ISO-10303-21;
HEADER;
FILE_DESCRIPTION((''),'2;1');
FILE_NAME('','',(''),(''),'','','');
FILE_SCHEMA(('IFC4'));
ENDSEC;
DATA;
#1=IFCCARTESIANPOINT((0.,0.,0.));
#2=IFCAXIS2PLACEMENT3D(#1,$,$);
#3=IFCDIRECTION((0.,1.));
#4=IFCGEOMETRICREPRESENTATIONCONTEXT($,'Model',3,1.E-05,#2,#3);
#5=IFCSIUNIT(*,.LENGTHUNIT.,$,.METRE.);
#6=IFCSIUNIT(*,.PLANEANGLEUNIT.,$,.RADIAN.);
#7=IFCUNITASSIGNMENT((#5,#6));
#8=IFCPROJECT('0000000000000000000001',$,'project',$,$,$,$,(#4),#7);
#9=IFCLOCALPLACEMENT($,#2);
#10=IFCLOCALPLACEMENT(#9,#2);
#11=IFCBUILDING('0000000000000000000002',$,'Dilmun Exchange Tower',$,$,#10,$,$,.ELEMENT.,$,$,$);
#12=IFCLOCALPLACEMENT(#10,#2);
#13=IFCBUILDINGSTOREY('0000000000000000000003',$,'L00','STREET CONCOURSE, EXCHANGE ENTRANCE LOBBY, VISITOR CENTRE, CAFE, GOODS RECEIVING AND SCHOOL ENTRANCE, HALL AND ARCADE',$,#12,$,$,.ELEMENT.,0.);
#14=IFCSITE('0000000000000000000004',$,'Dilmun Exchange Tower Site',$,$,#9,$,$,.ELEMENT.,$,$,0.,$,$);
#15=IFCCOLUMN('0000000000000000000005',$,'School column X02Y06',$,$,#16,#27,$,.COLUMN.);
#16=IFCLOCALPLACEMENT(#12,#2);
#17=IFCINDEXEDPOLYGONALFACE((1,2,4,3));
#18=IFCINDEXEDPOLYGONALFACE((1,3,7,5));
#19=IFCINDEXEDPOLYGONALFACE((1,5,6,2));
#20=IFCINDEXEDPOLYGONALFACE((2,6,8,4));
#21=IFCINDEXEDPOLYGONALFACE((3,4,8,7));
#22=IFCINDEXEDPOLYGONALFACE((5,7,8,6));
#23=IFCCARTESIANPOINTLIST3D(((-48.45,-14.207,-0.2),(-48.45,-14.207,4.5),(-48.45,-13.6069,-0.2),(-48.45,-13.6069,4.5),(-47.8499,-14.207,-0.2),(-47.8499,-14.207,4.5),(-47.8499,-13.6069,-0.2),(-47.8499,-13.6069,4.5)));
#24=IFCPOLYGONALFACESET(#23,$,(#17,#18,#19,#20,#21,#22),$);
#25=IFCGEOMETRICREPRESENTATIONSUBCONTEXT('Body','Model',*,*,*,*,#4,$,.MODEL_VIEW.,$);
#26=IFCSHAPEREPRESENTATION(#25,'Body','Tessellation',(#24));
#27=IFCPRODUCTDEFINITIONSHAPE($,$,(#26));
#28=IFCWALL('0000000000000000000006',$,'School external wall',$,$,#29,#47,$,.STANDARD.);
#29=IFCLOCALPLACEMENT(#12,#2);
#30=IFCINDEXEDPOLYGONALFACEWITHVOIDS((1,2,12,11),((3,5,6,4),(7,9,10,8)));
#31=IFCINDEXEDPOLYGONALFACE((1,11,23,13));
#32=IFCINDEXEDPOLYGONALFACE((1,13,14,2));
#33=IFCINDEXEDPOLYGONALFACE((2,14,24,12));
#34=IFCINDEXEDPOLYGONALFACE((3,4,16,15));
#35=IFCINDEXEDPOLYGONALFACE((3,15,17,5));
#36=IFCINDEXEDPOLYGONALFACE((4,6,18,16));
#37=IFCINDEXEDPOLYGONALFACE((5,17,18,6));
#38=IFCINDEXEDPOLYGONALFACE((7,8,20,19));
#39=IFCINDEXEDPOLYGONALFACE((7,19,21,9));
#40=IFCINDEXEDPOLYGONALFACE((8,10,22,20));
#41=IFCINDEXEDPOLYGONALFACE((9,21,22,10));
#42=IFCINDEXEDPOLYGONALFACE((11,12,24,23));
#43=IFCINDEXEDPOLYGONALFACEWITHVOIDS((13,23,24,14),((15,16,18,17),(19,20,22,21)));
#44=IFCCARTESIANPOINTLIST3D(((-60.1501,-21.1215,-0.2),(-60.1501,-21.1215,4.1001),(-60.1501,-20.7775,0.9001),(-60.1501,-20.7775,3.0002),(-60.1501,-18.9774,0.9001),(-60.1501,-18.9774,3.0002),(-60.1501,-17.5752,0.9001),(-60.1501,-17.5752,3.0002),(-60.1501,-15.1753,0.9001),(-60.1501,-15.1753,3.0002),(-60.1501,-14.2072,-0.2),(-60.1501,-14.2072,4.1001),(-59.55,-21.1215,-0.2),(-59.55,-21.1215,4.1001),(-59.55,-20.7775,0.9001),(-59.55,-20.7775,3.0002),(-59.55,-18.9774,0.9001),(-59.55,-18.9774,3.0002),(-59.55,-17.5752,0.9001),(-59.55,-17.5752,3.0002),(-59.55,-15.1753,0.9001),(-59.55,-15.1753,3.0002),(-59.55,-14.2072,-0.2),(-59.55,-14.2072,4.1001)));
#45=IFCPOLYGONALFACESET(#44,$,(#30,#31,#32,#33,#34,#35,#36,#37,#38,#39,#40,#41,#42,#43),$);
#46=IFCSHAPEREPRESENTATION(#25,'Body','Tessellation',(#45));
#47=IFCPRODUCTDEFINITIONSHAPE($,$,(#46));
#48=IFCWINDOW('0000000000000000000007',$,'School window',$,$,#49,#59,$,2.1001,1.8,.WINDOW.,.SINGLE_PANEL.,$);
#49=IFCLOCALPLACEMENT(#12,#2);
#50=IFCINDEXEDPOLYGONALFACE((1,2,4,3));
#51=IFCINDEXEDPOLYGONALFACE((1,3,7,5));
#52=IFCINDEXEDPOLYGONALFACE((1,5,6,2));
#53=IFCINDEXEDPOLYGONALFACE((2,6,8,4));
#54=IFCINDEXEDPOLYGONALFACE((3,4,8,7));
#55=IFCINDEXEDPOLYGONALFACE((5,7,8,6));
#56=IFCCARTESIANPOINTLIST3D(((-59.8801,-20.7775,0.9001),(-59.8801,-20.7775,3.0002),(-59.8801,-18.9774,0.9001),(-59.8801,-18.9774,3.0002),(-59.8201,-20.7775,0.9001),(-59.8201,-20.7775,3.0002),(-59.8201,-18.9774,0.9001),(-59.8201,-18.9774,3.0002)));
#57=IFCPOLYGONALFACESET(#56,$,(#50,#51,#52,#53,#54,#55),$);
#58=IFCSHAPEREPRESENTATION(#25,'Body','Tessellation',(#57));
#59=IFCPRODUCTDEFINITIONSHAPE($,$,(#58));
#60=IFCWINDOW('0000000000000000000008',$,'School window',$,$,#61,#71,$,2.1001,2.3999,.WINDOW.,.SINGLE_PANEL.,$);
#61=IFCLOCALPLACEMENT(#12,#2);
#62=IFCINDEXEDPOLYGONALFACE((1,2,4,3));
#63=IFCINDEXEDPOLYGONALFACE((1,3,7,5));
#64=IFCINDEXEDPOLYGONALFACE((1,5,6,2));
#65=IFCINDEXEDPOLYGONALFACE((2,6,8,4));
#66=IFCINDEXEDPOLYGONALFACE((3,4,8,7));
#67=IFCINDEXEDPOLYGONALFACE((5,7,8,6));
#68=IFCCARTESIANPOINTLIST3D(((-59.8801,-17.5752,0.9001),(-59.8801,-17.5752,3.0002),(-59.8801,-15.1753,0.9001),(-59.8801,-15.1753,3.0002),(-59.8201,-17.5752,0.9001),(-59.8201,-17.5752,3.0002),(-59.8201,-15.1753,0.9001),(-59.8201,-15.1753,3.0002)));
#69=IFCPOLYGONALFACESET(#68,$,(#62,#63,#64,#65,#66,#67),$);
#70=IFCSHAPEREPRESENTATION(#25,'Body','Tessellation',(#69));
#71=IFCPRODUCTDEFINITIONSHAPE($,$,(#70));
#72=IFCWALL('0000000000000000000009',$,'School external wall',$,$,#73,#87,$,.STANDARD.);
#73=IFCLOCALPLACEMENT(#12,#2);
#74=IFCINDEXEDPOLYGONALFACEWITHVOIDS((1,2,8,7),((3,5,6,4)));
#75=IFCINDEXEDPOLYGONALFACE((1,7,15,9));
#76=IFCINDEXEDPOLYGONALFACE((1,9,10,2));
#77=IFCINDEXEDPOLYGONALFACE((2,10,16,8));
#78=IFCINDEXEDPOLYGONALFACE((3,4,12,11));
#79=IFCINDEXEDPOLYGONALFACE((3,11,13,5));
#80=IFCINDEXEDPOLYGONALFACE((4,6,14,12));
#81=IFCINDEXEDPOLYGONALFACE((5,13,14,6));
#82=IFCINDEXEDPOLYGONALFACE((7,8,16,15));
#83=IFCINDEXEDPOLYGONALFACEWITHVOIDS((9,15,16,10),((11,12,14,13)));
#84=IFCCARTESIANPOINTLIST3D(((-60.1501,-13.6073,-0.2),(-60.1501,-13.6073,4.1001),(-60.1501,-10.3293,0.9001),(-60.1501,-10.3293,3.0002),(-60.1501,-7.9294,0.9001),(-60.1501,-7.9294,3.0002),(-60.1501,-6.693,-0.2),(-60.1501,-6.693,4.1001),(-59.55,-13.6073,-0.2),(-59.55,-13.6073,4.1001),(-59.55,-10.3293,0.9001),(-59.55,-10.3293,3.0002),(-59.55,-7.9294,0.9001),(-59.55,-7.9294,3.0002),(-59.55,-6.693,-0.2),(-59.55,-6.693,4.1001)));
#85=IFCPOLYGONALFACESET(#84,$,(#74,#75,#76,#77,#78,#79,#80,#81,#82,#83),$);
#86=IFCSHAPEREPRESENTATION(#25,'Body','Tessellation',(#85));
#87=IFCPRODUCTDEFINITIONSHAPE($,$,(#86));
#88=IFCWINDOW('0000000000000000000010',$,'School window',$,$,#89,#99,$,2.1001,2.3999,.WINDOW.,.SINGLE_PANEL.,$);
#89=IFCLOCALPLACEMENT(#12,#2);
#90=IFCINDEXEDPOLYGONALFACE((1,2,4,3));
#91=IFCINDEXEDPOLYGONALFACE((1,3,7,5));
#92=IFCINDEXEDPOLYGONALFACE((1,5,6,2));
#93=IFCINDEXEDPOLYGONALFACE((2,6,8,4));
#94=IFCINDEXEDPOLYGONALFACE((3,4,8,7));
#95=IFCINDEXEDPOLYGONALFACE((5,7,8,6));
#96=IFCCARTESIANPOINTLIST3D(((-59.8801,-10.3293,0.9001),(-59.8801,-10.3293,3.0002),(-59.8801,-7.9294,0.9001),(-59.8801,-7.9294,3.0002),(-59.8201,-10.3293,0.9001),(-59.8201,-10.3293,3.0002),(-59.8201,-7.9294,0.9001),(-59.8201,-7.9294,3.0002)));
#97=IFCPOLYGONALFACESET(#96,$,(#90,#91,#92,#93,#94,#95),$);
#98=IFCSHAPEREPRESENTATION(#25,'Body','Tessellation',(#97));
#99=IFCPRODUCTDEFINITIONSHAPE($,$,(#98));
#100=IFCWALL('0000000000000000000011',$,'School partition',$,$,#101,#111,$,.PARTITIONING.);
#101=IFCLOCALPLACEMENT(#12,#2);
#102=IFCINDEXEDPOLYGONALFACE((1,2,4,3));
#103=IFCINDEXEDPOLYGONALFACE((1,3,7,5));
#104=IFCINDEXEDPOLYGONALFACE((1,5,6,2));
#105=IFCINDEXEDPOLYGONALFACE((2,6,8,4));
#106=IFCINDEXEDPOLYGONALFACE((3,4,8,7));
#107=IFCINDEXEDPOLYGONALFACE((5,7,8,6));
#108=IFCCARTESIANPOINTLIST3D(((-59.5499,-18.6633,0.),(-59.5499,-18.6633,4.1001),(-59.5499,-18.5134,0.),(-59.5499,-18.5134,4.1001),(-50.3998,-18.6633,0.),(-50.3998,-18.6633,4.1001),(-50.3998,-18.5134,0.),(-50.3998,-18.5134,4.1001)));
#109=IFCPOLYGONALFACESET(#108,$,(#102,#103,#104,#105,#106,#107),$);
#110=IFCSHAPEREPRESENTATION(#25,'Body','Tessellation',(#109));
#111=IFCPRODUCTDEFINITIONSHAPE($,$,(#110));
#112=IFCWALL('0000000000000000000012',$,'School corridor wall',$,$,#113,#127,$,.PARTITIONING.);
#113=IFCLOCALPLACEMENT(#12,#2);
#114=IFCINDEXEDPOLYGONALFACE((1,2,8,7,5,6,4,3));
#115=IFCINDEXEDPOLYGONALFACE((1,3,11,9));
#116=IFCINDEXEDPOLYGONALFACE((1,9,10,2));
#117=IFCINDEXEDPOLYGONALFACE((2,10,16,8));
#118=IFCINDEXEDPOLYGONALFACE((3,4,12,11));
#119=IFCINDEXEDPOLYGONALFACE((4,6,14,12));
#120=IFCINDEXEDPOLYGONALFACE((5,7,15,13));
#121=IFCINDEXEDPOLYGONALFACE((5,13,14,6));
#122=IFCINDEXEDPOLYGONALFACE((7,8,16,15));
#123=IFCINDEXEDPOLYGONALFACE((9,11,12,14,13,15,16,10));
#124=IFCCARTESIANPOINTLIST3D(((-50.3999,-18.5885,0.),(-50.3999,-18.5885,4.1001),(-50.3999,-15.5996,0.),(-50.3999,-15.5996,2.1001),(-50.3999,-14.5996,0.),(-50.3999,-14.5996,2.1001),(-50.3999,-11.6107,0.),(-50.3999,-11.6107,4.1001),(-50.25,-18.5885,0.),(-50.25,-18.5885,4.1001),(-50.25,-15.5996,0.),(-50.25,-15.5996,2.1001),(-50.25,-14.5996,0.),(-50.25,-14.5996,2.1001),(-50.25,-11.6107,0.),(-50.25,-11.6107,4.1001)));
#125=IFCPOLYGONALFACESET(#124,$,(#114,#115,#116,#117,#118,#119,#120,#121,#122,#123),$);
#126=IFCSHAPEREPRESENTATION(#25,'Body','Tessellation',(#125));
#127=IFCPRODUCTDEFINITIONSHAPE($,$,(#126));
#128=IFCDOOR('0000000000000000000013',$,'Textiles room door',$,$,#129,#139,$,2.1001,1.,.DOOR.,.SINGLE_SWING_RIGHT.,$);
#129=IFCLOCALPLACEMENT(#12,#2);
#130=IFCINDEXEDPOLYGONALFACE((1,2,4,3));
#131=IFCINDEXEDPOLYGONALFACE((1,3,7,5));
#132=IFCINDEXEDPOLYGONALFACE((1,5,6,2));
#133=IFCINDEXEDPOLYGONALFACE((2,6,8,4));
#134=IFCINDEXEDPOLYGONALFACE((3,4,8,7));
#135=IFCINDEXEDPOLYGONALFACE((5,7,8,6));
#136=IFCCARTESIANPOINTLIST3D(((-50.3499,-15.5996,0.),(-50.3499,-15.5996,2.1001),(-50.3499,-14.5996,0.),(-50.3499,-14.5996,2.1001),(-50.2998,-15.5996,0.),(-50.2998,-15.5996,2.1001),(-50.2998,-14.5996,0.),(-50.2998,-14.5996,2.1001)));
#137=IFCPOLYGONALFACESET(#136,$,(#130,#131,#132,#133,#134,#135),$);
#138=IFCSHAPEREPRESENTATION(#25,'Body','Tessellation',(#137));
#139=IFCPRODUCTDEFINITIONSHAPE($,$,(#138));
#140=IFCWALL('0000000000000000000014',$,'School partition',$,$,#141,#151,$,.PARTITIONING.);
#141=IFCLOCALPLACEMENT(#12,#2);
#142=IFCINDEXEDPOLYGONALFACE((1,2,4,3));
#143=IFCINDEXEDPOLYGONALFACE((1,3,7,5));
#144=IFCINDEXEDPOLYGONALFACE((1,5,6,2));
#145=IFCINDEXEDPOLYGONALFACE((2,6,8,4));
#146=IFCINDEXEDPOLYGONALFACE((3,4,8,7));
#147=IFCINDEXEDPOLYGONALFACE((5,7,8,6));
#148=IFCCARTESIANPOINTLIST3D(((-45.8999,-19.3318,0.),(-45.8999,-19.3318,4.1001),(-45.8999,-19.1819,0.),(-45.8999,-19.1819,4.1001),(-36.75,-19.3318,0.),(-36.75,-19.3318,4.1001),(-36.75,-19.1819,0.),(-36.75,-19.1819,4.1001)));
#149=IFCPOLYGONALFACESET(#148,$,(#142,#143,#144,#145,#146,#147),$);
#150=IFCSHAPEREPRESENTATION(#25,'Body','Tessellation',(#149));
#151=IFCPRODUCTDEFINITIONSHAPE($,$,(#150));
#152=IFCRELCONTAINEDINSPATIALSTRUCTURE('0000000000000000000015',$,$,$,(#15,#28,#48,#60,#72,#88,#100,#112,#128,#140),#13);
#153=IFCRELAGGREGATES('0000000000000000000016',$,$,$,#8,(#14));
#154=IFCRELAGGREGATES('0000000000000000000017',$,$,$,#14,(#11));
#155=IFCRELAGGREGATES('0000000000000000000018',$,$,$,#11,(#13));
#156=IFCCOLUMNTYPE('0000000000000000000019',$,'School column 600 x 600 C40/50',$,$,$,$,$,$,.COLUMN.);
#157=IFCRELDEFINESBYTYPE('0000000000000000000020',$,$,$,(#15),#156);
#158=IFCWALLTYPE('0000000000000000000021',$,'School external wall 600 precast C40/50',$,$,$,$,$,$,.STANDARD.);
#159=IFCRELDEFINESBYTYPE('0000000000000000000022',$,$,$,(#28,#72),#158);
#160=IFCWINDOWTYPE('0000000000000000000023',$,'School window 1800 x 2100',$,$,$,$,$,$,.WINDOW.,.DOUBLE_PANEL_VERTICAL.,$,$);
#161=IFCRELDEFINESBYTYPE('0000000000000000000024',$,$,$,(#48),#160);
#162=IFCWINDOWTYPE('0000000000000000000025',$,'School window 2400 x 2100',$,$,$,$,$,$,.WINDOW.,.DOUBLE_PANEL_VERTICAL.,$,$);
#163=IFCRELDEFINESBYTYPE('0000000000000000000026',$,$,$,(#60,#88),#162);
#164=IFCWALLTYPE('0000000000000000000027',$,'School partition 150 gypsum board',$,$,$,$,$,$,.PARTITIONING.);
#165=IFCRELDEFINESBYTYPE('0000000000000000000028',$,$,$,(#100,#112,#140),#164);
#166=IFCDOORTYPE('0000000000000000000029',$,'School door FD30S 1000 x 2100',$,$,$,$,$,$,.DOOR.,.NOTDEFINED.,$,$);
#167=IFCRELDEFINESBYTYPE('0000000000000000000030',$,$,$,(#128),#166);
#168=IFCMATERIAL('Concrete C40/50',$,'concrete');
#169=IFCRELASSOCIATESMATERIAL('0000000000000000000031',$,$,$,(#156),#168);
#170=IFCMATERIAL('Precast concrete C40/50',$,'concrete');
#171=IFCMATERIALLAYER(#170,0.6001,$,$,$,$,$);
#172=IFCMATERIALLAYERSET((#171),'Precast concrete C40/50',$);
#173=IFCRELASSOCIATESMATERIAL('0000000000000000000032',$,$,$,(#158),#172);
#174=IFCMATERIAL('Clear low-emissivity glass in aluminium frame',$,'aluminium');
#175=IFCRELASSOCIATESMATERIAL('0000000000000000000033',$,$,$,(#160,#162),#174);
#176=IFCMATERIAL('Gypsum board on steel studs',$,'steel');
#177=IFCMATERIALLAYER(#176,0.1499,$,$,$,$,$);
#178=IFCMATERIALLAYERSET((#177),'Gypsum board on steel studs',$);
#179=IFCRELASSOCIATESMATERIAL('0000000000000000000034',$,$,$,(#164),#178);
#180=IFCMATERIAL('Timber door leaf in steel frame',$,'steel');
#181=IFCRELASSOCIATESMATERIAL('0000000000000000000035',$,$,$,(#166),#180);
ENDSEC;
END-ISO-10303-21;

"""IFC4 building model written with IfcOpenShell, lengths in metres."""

from ifc_helpers import new_model, si_unit, direction, frame, frame_2d, origin, origin_2d, place, context, subcontext, project, spatial, rectangle, extrude, material, layer, layer_set, material_profile, profile_set, type_object, element, fill, save


model = new_model("IFC4")

# Units and contexts
model_context = context("Model", 3, precision=1e-05, world=origin(), true_north=direction((0.0, 1.0)))
body_context = subcontext(model_context, "Body", "Model", "MODEL_VIEW")
ifc_project = project(units=[si_unit("LENGTHUNIT", "METRE"), si_unit("PLANEANGLEUNIT", "RADIAN")], contexts=[model_context])

# Site, building, storey
site_placement = place(None, origin())
site = spatial("IfcSite", under=ifc_project, at=site_placement, Name="Dilmun Exchange Tower Site", CompositionType="ELEMENT", RefElevation=0.0)
building_placement = place(site_placement, origin())
building = spatial("IfcBuilding", under=site, at=building_placement, Name="Dilmun Exchange Tower", CompositionType="ELEMENT")
storey_placement = place(building_placement, origin())
storey = spatial("IfcBuildingStorey", under=building, at=storey_placement, Name="L00", Description="STREET CONCOURSE, EXCHANGE ENTRANCE LOBBY, VISITOR CENTRE, CAFE, GOODS RECEIVING AND SCHOOL ENTRANCE, HALL AND ARCADE", CompositionType="ELEMENT", Elevation=0.0)

# Column
ifc_material_1 = material(Name="Concrete C40/50", Category="concrete")
ifc_material_profile_1 = material_profile(ifc_material_1, rectangle(XDim=0.6001, YDim=0.6001, at=origin_2d()), Name="600 x 600")
ifc_profile_set_1 = profile_set([ifc_material_profile_1], Name="Concrete C40/50")
column_type = type_object("IfcColumnType", Name="School column 600 x 600 C40/50", PredefinedType="COLUMN", material=ifc_profile_set_1)
for number, where, z_axis, x_axis, name in (
    (1, (-48.1499, -13.907, -0.2), (0.0, 0.0, 1.0), (1.0, 0.0, 0.0), "School column X02Y06"),
):
    element("IfcColumn", number, at=place(storey_placement, frame(where, z_axis=z_axis, x_axis=x_axis)), inside=storey, type_object=column_type, Name=name, PredefinedType="COLUMN", context=body_context, shape_type="SweptSolid", body=[
        extrude(rectangle(XDim=0.6001, YDim=0.6001, at=origin_2d()), origin(), (0.0, 0.0, 1.0), 4.7),
    ])

# Wall, openings, windows
ifc_material_2 = material(Name="Precast concrete C40/50", Category="concrete")
ifc_layer_1 = layer(ifc_material_2, 0.6001)
ifc_layer_set_1 = layer_set([ifc_layer_1], Name="Precast concrete C40/50")
wall_type_1 = type_object("IfcWallType", Name="School external wall 600 precast C40/50", PredefinedType="STANDARD", material=ifc_layer_set_1)
wall_1_placement = place(storey_placement, frame((-59.8501, -21.1213, -0.2), z_axis=(0.0, 0.0, 1.0), x_axis=(0.0, 1.0, 0.0)))
wall_1 = element("IfcWall", 2, at=wall_1_placement, inside=storey, type_object=wall_type_1, Name="School external wall", PredefinedType="STANDARD", context=body_context, shape_type="SweptSolid", body=[
    extrude(rectangle(XDim=6.9143, YDim=0.6001, at=frame_2d((3.457, 0.0))), origin(), (0.0, 0.0, 1.0), 4.3),
])
opening_1_placement = place(wall_1_placement, frame((0.344, 0.0, 1.1001)))
opening_1 = element("IfcOpeningElement", 3, at=opening_1_placement, cuts=wall_1, PredefinedType="OPENING", context=body_context, shape_type="SweptSolid", body=[
    extrude(rectangle(XDim=1.8, YDim=2.1001, at=frame_2d((0.8999, 1.05))), frame((0.0, 0.3101, 0.0), z_axis=(0.0, -1.0, 0.0), x_axis=(1.0, 0.0, 0.0)), (0.0, 0.0, 1.0), 0.6201),
])
opening_2_placement = place(wall_1_placement, frame((3.5461, 0.0, 1.1001)))
opening_2 = element("IfcOpeningElement", 4, at=opening_2_placement, cuts=wall_1, PredefinedType="OPENING", context=body_context, shape_type="SweptSolid", body=[
    extrude(rectangle(XDim=2.3999, YDim=2.1001, at=frame_2d((1.2, 1.05))), frame((0.0, 0.3101, 0.0), z_axis=(0.0, -1.0, 0.0), x_axis=(1.0, 0.0, 0.0)), (0.0, 0.0, 1.0), 0.6201),
])
ifc_material_3 = material(Name="Clear low-emissivity glass in aluminium frame", Category="aluminium")
window_type_1 = type_object("IfcWindowType", Name="School window 1800 x 2100", PartitioningType="DOUBLE_PANEL_VERTICAL", PredefinedType="WINDOW", material=ifc_material_3)
window_1_placement = place(opening_1_placement, origin())
window_1 = element("IfcWindow", 5, at=window_1_placement, inside=storey, type_object=window_type_1, Name="School window", OverallHeight=2.1001, OverallWidth=1.8, PartitioningType="SINGLE_PANEL", PredefinedType="WINDOW", context=body_context, shape_type="SweptSolid", body=[
    extrude(rectangle(XDim=1.8, YDim=2.1001, at=frame_2d((0.8999, 1.05))), frame((0.0, 0.03, 0.0), z_axis=(0.0, -1.0, 0.0), x_axis=(1.0, 0.0, 0.0)), (0.0, 0.0, 1.0), 0.0601),
])
fill(opening_1, window_1)
window_type_2 = type_object("IfcWindowType", Name="School window 2400 x 2100", PartitioningType="DOUBLE_PANEL_VERTICAL", PredefinedType="WINDOW", material=ifc_material_3)
window_2_placement = place(opening_2_placement, origin())
window_2 = element("IfcWindow", 6, at=window_2_placement, inside=storey, type_object=window_type_2, Name="School window", OverallHeight=2.1001, OverallWidth=2.3999, PartitioningType="SINGLE_PANEL", PredefinedType="WINDOW", context=body_context, shape_type="SweptSolid", body=[
    extrude(rectangle(XDim=2.3999, YDim=2.1001, at=frame_2d((1.2, 1.05))), frame((0.0, 0.03, 0.0), z_axis=(0.0, -1.0, 0.0), x_axis=(1.0, 0.0, 0.0)), (0.0, 0.0, 1.0), 0.0601),
])
fill(opening_2, window_2)

# Wall, opening, window
wall_2_placement = place(storey_placement, frame((-59.8501, -13.6072, -0.2), z_axis=(0.0, 0.0, 1.0), x_axis=(0.0, 1.0, 0.0)))
wall_2 = element("IfcWall", 7, at=wall_2_placement, inside=storey, type_object=wall_type_1, Name="School external wall", PredefinedType="STANDARD", context=body_context, shape_type="SweptSolid", body=[
    extrude(rectangle(XDim=6.9143, YDim=0.6001, at=frame_2d((3.457, 0.0))), origin(), (0.0, 0.0, 1.0), 4.3),
])
opening_3_placement = place(wall_2_placement, frame((3.2778, 0.0, 1.1001)))
opening_3 = element("IfcOpeningElement", 8, at=opening_3_placement, cuts=wall_2, PredefinedType="OPENING", context=body_context, shape_type="SweptSolid", body=[
    extrude(rectangle(XDim=2.3999, YDim=2.1001, at=frame_2d((1.2, 1.05))), frame((0.0, 0.3101, 0.0), z_axis=(0.0, -1.0, 0.0), x_axis=(1.0, 0.0, 0.0)), (0.0, 0.0, 1.0), 0.6201),
])
window_3_placement = place(opening_3_placement, origin())
window_3 = element("IfcWindow", 9, at=window_3_placement, inside=storey, type_object=window_type_2, Name="School window", OverallHeight=2.1001, OverallWidth=2.3999, PartitioningType="SINGLE_PANEL", PredefinedType="WINDOW", context=body_context, shape_type="SweptSolid", body=[
    extrude(rectangle(XDim=2.3999, YDim=2.1001, at=frame_2d((1.2, 1.05))), frame((0.0, 0.03, 0.0), z_axis=(0.0, -1.0, 0.0), x_axis=(1.0, 0.0, 0.0)), (0.0, 0.0, 1.0), 0.0601),
])
fill(opening_3, window_3)

# Wall
ifc_material_4 = material(Name="Gypsum board on steel studs", Category="steel")
ifc_layer_2 = layer(ifc_material_4, 0.1499)
ifc_layer_set_2 = layer_set([ifc_layer_2], Name="Gypsum board on steel studs")
wall_type_2 = type_object("IfcWallType", Name="School partition 150 gypsum board", PredefinedType="PARTITIONING", material=ifc_layer_set_2)
wall_3_placement = place(storey_placement, frame((-59.55, -18.5884, 0.0), z_axis=(0.0, 0.0, 1.0), x_axis=(1.0, 0.0, 0.0)))
element("IfcWall", 10, at=wall_3_placement, inside=storey, type_object=wall_type_2, Name="School partition", PredefinedType="PARTITIONING", context=body_context, shape_type="SweptSolid", body=[
    extrude(rectangle(XDim=9.1501, YDim=0.1499, at=frame_2d((4.5752, 0.0))), origin(), (0.0, 0.0, 1.0), 4.1001),
])

# Wall, opening, door
wall_4_placement = place(storey_placement, frame((-50.325, -18.5884, 0.0), z_axis=(0.0, 0.0, 1.0), x_axis=(0.0, 1.0, 0.0)))
wall_4 = element("IfcWall", 11, at=wall_4_placement, inside=storey, type_object=wall_type_2, Name="School corridor wall", PredefinedType="PARTITIONING", context=body_context, shape_type="SweptSolid", body=[
    extrude(rectangle(XDim=6.9778, YDim=0.1499, at=frame_2d((3.4888, 0.0))), origin(), (0.0, 0.0, 1.0), 4.1001),
])
opening_4_placement = place(wall_4_placement, frame((2.9888, 0.0, 0.0)))
opening_4 = element("IfcOpeningElement", 12, at=opening_4_placement, cuts=wall_4, PredefinedType="OPENING", context=body_context, shape_type="SweptSolid", body=[
    extrude(rectangle(XDim=1.0, YDim=2.1001, at=frame_2d((0.5, 1.05))), frame((0.0, 0.085, 0.0), z_axis=(0.0, -1.0, 0.0), x_axis=(1.0, 0.0, 0.0)), (0.0, 0.0, 1.0), 0.1699),
])
ifc_material_5 = material(Name="Timber door leaf in steel frame", Category="steel")
door_type_1 = type_object("IfcDoorType", Name="School door FD30S 1000 x 2100", OperationType="NOTDEFINED", PredefinedType="DOOR", material=ifc_material_5)
door_1_placement = place(opening_4_placement, origin())
door_1 = element("IfcDoor", 13, at=door_1_placement, inside=storey, type_object=door_type_1, Name="Textiles room door", OperationType="SINGLE_SWING_RIGHT", OverallHeight=2.1001, OverallWidth=1.0, PredefinedType="DOOR", context=body_context, shape_type="SweptSolid", body=[
    extrude(rectangle(XDim=1.0, YDim=2.1001, at=frame_2d((0.5, 1.05))), frame((0.0, 0.0249, 0.0), z_axis=(0.0, -1.0, 0.0), x_axis=(1.0, 0.0, 0.0)), (0.0, 0.0, 1.0), 0.05),
])
fill(opening_4, door_1)

# Wall
wall_5_placement = place(storey_placement, frame((-45.8999, -19.2568, 0.0), z_axis=(0.0, 0.0, 1.0), x_axis=(1.0, 0.0, 0.0)))
element("IfcWall", 14, at=wall_5_placement, inside=storey, type_object=wall_type_2, Name="School partition", PredefinedType="PARTITIONING", context=body_context, shape_type="SweptSolid", body=[
    extrude(rectangle(XDim=9.1499, YDim=0.1499, at=frame_2d((4.575, 0.0))), origin(), (0.0, 0.0, 1.0), 4.1001),
])

save(model, "model.ifc")
